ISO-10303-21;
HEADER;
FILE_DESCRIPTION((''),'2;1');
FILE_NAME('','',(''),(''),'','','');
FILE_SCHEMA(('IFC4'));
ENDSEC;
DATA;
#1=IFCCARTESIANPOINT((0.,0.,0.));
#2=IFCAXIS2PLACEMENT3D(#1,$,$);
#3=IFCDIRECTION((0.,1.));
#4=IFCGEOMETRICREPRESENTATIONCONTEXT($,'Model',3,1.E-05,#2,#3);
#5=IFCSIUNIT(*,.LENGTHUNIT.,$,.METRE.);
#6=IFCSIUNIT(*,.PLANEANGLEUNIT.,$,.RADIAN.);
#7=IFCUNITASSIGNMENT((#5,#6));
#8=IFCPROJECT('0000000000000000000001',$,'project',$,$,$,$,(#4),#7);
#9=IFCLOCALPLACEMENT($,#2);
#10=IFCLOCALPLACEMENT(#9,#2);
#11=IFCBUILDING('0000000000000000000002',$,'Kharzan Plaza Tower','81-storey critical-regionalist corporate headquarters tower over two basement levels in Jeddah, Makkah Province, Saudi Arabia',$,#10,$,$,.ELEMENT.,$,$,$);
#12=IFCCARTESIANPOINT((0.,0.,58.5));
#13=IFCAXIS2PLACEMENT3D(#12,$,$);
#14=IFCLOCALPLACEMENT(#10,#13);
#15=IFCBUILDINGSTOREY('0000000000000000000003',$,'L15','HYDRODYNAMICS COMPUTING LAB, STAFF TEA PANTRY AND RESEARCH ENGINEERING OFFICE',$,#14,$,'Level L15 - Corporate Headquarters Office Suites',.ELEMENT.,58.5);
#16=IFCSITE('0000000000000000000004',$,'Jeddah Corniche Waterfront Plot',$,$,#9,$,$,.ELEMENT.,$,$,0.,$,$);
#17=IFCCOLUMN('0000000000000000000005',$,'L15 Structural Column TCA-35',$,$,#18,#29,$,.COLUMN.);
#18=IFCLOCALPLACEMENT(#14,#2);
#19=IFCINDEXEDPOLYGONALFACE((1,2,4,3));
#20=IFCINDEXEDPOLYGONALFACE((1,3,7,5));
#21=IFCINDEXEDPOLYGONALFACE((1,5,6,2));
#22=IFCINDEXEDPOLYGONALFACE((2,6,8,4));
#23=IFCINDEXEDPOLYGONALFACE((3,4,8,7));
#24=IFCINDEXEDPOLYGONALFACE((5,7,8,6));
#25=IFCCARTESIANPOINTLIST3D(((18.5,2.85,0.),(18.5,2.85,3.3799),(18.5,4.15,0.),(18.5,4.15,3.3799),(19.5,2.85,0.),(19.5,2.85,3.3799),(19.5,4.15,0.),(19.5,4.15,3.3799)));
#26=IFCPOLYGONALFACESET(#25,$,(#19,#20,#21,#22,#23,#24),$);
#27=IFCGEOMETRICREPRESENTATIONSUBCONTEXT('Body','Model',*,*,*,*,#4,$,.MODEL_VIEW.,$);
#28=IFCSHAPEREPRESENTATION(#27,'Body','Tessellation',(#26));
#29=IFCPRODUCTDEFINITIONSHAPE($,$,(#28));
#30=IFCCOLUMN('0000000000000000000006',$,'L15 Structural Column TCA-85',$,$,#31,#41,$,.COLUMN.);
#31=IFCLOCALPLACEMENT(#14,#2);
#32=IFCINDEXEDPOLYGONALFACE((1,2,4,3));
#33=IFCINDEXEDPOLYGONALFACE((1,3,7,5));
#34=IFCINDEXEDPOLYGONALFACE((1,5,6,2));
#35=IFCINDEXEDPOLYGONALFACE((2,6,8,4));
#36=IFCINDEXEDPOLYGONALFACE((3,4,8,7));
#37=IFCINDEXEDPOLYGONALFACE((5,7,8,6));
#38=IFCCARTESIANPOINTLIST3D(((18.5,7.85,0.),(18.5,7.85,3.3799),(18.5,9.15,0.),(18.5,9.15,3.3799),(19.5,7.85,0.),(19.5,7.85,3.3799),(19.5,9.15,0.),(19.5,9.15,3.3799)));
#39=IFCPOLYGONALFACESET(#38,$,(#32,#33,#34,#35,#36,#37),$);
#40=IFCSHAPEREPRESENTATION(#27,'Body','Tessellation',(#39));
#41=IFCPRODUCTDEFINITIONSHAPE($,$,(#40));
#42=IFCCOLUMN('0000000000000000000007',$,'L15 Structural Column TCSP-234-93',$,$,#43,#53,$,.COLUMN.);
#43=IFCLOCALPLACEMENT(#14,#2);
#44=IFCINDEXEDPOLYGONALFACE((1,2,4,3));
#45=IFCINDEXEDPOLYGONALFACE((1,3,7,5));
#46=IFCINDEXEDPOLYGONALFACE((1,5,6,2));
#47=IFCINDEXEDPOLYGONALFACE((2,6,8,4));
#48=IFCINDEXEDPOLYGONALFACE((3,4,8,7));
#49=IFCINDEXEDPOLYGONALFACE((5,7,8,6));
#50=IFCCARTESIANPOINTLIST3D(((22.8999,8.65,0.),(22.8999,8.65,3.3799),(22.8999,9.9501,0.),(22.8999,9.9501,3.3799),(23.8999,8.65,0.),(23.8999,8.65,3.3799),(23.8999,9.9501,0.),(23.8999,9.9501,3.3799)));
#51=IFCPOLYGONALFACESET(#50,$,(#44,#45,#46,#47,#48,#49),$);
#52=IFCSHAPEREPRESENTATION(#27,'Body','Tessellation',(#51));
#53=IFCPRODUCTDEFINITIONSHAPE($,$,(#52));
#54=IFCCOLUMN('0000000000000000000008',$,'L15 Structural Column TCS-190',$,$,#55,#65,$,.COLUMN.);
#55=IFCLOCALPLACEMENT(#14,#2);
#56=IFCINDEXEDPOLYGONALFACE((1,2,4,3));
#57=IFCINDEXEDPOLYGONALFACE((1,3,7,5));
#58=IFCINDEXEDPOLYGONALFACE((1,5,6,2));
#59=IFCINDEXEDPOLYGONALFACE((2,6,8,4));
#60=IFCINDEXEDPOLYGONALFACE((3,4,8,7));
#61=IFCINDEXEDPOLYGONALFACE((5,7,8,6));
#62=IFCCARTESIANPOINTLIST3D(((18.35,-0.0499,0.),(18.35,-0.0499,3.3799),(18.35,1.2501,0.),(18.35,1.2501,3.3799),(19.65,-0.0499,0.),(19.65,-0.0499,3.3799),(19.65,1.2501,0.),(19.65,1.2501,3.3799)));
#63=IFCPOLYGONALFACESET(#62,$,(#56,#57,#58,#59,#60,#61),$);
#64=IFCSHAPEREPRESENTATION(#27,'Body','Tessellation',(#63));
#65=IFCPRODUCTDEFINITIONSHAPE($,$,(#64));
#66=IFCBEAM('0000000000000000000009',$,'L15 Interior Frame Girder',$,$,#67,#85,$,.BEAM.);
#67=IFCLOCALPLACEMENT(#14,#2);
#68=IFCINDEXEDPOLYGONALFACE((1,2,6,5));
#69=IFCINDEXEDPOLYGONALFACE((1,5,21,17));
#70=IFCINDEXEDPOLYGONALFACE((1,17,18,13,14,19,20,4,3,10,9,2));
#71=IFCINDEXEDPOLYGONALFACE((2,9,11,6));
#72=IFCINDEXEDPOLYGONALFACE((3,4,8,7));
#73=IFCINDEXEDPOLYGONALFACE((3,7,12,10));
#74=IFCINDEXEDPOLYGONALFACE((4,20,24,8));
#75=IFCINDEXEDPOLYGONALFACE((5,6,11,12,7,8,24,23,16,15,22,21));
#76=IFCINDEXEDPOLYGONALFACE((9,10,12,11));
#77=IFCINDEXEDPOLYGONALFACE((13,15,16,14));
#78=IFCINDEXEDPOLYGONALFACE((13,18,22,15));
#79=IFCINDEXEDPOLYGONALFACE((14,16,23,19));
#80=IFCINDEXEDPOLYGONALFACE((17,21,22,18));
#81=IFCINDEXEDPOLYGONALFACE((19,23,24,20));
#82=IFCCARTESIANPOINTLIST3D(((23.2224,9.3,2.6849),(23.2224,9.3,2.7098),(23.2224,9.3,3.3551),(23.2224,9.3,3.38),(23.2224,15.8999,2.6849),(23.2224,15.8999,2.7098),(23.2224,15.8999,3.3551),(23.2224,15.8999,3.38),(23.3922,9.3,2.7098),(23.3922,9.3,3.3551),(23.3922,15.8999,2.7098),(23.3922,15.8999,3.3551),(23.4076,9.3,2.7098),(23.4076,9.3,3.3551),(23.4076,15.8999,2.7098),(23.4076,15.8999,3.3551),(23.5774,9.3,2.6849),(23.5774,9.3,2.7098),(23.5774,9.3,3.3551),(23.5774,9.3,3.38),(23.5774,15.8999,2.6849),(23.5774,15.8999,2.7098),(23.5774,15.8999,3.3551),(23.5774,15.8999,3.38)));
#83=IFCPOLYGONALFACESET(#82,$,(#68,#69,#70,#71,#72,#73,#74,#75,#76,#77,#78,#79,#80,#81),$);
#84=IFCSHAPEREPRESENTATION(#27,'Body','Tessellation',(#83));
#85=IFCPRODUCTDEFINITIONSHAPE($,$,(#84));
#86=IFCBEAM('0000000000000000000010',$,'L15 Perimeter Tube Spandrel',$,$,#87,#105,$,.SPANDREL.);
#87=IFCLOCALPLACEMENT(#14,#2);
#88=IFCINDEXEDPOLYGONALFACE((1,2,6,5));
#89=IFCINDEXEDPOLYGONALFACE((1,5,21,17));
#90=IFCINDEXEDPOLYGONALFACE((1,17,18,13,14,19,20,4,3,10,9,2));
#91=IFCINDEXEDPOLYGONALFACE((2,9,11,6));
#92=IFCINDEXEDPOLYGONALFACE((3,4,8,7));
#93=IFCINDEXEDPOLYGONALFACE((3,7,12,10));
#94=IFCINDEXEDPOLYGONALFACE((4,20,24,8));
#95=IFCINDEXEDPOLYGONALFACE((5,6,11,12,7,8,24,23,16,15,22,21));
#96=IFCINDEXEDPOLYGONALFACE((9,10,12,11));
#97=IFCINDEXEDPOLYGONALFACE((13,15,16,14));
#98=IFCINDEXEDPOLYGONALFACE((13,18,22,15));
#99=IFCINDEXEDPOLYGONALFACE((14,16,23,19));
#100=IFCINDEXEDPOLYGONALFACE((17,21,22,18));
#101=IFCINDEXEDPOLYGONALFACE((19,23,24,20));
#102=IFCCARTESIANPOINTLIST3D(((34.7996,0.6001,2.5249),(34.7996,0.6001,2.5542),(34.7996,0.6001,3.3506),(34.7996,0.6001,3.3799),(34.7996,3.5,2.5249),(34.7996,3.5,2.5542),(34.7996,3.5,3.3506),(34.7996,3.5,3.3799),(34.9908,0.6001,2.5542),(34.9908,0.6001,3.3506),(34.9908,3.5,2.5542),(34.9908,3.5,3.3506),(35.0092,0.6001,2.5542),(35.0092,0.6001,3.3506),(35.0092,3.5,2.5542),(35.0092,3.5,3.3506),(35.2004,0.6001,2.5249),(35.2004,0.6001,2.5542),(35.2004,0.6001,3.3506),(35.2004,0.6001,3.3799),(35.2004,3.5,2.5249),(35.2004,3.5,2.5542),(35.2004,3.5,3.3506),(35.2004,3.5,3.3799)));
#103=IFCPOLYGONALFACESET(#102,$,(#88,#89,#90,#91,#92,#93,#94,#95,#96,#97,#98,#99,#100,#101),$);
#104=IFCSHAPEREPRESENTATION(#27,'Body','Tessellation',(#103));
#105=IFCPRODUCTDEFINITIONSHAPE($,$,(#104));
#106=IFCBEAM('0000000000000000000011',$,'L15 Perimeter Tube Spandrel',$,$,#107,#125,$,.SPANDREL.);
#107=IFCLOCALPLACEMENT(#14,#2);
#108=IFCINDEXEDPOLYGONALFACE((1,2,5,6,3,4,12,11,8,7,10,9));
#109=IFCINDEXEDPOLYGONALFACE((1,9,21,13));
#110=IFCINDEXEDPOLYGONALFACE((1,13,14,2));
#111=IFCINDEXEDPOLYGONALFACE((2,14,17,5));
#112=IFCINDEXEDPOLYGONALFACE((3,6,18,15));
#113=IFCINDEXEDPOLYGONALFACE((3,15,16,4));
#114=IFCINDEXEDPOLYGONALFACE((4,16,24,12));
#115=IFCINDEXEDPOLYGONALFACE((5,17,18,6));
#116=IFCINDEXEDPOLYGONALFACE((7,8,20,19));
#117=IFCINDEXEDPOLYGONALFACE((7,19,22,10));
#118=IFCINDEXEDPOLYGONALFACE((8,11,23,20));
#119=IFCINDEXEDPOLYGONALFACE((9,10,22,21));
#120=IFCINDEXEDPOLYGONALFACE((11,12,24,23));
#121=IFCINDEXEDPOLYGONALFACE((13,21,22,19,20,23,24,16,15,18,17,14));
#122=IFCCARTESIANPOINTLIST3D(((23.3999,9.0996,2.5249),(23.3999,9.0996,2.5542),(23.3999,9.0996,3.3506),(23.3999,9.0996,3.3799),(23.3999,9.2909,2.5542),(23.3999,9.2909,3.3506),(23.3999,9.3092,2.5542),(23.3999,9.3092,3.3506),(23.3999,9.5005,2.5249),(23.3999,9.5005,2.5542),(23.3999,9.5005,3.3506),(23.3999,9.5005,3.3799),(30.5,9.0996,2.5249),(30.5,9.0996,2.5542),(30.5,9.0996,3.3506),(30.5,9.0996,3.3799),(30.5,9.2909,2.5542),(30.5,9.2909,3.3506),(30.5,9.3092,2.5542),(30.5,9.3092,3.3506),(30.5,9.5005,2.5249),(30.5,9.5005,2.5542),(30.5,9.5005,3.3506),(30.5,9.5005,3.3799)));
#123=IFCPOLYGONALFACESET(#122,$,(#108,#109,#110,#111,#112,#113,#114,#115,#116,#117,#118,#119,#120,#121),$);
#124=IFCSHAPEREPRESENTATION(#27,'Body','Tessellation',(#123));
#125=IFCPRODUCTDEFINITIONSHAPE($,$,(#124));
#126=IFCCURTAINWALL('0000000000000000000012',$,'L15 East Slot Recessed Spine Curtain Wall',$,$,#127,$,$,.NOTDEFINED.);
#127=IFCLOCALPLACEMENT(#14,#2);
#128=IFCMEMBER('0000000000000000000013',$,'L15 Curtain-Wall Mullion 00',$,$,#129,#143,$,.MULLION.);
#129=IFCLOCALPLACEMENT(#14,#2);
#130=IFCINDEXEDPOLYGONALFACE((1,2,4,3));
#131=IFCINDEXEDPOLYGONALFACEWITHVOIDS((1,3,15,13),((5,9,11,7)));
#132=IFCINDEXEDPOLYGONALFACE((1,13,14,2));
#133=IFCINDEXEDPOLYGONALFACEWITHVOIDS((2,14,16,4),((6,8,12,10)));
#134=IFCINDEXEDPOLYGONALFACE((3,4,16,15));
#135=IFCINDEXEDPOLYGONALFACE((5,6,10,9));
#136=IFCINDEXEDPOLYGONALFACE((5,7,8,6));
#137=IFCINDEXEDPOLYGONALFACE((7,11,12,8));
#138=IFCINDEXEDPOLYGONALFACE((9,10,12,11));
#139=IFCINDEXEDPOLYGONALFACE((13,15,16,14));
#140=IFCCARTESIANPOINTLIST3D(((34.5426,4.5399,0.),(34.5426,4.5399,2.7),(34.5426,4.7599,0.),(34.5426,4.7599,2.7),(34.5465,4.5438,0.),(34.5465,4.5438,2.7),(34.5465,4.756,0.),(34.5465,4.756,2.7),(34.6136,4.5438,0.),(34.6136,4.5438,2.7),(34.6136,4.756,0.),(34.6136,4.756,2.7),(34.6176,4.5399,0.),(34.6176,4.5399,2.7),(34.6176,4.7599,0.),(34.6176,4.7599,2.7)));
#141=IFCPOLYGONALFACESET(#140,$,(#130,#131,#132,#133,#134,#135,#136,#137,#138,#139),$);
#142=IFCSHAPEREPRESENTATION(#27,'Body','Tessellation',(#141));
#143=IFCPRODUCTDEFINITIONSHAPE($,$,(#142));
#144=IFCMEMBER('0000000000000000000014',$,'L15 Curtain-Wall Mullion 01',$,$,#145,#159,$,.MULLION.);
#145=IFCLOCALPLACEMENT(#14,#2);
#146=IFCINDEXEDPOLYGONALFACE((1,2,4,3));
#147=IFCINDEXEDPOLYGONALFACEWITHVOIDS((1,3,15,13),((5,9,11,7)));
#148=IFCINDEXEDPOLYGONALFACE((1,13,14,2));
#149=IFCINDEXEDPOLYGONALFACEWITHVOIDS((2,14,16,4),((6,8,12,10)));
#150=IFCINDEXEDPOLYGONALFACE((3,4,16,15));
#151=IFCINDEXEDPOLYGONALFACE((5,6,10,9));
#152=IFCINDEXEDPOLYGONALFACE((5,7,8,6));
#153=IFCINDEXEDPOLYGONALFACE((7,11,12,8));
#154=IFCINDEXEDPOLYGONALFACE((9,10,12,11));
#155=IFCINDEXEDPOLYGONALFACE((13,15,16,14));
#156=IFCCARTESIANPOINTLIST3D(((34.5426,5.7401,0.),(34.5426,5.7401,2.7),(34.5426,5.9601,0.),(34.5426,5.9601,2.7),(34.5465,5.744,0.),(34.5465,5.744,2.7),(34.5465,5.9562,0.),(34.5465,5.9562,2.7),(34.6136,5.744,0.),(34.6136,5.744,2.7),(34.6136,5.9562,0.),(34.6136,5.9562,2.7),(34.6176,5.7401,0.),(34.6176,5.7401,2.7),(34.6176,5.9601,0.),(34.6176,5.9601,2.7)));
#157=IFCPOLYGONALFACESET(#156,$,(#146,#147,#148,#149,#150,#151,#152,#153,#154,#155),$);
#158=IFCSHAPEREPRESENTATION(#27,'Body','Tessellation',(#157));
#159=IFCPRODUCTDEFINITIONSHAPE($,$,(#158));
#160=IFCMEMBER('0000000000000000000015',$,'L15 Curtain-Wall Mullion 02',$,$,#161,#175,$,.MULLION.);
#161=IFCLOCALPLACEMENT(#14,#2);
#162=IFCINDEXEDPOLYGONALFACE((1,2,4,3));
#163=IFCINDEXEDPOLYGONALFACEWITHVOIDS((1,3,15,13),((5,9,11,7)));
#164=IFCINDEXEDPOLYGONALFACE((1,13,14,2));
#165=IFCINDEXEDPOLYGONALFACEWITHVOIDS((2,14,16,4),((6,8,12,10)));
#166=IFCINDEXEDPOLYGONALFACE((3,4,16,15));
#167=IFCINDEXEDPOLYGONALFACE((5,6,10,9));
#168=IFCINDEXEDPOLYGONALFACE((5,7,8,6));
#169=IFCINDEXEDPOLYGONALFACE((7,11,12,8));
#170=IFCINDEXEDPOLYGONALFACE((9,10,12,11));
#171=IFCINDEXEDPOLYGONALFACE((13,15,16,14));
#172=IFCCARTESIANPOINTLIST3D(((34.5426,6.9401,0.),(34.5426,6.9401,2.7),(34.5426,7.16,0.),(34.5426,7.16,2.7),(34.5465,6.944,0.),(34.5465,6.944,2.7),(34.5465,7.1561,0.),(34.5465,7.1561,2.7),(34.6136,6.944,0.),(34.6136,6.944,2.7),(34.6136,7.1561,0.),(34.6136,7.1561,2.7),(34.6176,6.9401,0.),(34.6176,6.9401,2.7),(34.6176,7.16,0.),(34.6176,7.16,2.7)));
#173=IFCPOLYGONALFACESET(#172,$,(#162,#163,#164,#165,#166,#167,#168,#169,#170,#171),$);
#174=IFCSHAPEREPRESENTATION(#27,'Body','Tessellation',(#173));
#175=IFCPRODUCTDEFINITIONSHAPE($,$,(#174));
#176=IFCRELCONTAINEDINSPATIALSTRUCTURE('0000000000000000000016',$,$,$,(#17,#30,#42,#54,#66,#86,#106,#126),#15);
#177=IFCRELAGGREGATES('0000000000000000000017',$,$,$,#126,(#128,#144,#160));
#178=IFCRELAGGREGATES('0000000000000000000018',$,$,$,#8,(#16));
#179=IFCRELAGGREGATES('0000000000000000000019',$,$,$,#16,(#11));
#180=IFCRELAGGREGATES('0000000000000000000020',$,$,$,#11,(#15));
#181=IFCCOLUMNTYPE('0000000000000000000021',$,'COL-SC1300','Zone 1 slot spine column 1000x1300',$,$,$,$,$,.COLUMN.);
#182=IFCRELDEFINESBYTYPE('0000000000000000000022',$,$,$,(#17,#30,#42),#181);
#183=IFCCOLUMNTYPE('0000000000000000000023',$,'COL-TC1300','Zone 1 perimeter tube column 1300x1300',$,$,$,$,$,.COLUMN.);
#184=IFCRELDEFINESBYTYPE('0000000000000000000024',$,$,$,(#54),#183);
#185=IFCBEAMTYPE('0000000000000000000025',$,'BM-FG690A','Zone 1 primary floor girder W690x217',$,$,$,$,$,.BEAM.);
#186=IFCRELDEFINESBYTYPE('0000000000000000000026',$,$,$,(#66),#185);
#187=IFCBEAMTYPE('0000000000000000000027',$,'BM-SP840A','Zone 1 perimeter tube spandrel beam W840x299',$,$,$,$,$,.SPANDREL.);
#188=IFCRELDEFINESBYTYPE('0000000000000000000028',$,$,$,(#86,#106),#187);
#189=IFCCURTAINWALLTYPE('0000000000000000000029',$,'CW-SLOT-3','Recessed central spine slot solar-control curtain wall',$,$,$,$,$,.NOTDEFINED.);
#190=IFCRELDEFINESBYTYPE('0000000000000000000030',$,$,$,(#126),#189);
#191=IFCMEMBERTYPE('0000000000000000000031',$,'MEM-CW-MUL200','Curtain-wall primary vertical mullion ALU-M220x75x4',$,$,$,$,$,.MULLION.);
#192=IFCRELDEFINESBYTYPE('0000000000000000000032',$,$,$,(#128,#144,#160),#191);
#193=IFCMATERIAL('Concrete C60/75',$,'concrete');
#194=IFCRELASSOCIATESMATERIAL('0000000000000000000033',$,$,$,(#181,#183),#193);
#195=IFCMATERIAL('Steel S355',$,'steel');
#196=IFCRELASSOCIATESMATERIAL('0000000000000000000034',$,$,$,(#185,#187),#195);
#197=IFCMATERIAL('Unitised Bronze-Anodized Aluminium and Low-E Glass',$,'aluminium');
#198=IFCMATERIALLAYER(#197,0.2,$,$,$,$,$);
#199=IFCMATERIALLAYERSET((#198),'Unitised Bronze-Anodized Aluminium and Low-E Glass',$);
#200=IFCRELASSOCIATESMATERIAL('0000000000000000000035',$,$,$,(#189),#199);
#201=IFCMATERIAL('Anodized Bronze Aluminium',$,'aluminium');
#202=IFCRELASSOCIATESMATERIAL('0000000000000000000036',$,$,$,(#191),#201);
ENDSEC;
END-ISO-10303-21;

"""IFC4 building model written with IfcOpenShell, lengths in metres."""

from ifc_helpers import new_model, si_unit, direction, frame, origin, origin_2d, place, context, subcontext, project, spatial, rectangle, hollow_rectangle, i_section, extrude, source, transform, mapped, material, layer, layer_set, material_profile, profile_set, type_object, element, aggregate, save


model = new_model("IFC4")

# Units and contexts
model_context = context("Model", 3, precision=1e-05, world=origin(), true_north=direction((0.0, 1.0)))
body_context = subcontext(model_context, "Body", "Model", "MODEL_VIEW")
ifc_project = project(units=[si_unit("LENGTHUNIT", "METRE"), si_unit("PLANEANGLEUNIT", "RADIAN")], contexts=[model_context])

# Site, building, storey
site_placement = place(None, origin())
site = spatial("IfcSite", under=ifc_project, at=site_placement, Name="Jeddah Corniche Waterfront Plot", CompositionType="ELEMENT", RefElevation=0.0)
building_placement = place(site_placement, origin())
building = spatial("IfcBuilding", under=site, at=building_placement, Name="Kharzan Plaza Tower", Description="81-storey critical-regionalist corporate headquarters tower over two basement levels in Jeddah, Makkah Province, Saudi Arabia", CompositionType="ELEMENT")
storey_placement = place(building_placement, frame((0.0, 0.0, 58.5)))
storey = spatial("IfcBuildingStorey", under=building, at=storey_placement, Name="L15", Description="HYDRODYNAMICS COMPUTING LAB, STAFF TEA PANTRY AND RESEARCH ENGINEERING OFFICE", LongName="Level L15 - Corporate Headquarters Office Suites", CompositionType="ELEMENT", Elevation=58.5)

# Columns
ifc_material_1 = material(Name="Concrete C60/75", Category="concrete")
ifc_material_profile_1 = material_profile(ifc_material_1, rectangle(XDim=1.0, YDim=1.3, at=origin_2d()), Name="RC-SC1300x1000")
ifc_profile_set_1 = profile_set([ifc_material_profile_1], Name="Concrete C60/75")
column_type_1 = type_object("IfcColumnType", Name="COL-SC1300", Description="Zone 1 slot spine column 1000x1300", PredefinedType="COLUMN", material=ifc_profile_set_1)
shared_shape_1 = source(origin(), body_context, "Body", "SweptSolid", [
    extrude(rectangle(XDim=1.0, YDim=1.3, at=origin_2d()), origin(), (0.0, 0.0, 1.0), 3.3799),
])
for number, where, z_axis, x_axis, name in (
    (1, (19.0, 3.5, 0.0), (0.0, 0.0, 1.0), (1.0, 0.0, 0.0), "L15 Structural Column TCA-35"),
    (2, (19.0, 8.5, 0.0), (0.0, 0.0, 1.0), (1.0, 0.0, 0.0), "L15 Structural Column TCA-85"),
    (3, (23.3999, 9.3, 0.0), (0.0, 0.0, 1.0), (1.0, 0.0, 0.0), "L15 Structural Column TCSP-234-93"),
):
    element("IfcColumn", number, at=place(storey_placement, frame(where, z_axis=z_axis, x_axis=x_axis)), inside=storey, type_object=column_type_1, Name=name, PredefinedType="COLUMN", context=body_context, shape_type="MappedRepresentation", body=[
        mapped(shared_shape_1, transform((0.0, 0.0, 0.0), x_axis=(1.0, 0.0, 0.0), y_axis=(0.0, 1.0, 0.0), z_axis=(0.0, 0.0, 1.0))),
    ])
ifc_material_profile_2 = material_profile(ifc_material_1, rectangle(XDim=1.3, YDim=1.3, at=origin_2d()), Name="RC-TC1300x1300")
ifc_profile_set_2 = profile_set([ifc_material_profile_2], Name="Concrete C60/75")
column_type_2 = type_object("IfcColumnType", Name="COL-TC1300", Description="Zone 1 perimeter tube column 1300x1300", PredefinedType="COLUMN", material=ifc_profile_set_2)
shared_shape_2 = source(origin(), body_context, "Body", "SweptSolid", [
    extrude(rectangle(XDim=1.3, YDim=1.3, at=origin_2d()), origin(), (0.0, 0.0, 1.0), 3.3799),
])
column_placement = place(storey_placement, frame((19.0, 0.6001, 0.0), z_axis=(0.0, 0.0, 1.0), x_axis=(1.0, 0.0, 0.0)))
element("IfcColumn", 4, at=column_placement, inside=storey, type_object=column_type_2, Name="L15 Structural Column TCS-190", PredefinedType="COLUMN", context=body_context, shape_type="MappedRepresentation", body=[
    mapped(shared_shape_2, transform((0.0, 0.0, 0.0), x_axis=(1.0, 0.0, 0.0), y_axis=(0.0, 1.0, 0.0), z_axis=(0.0, 0.0, 1.0))),
])

# Beams
ifc_material_2 = material(Name="Steel S355", Category="steel")
ifc_material_profile_3 = material_profile(ifc_material_2, i_section(OverallWidth=0.355, OverallDepth=0.6951, WebThickness=0.0154, FlangeThickness=0.0249, at=origin_2d()), Name="W690x217")
ifc_profile_set_3 = profile_set([ifc_material_profile_3], Name="Steel S355")
beam_type_1 = type_object("IfcBeamType", Name="BM-FG690A", Description="Zone 1 primary floor girder W690x217", PredefinedType="BEAM", material=ifc_profile_set_3)
shared_shape_3 = source(origin(), body_context, "Body", "SweptSolid", [
    extrude(i_section(OverallWidth=0.355, OverallDepth=0.6951, WebThickness=0.0154, FlangeThickness=0.0249, at=origin_2d()), origin(), (0.0, 0.0, 1.0), 6.5999),
])
beam_1_placement = place(storey_placement, frame((23.3999, 9.3, 3.0325), z_axis=(0.0, 1.0, 0.0), x_axis=(-1.0, 0.0, 0.0)))
element("IfcBeam", 5, at=beam_1_placement, inside=storey, type_object=beam_type_1, Name="L15 Interior Frame Girder", PredefinedType="BEAM", context=body_context, shape_type="MappedRepresentation", body=[
    mapped(shared_shape_3, transform((0.0, 0.0, 0.0), x_axis=(1.0, 0.0, 0.0), y_axis=(0.0, 1.0, 0.0), z_axis=(0.0, 0.0, 1.0))),
])
ifc_material_profile_4 = material_profile(ifc_material_2, i_section(OverallWidth=0.4009, OverallDepth=0.855, WebThickness=0.0183, FlangeThickness=0.0293, at=origin_2d()), Name="W840x299")
ifc_profile_set_4 = profile_set([ifc_material_profile_4], Name="Steel S355")
beam_type_2 = type_object("IfcBeamType", Name="BM-SP840A", Description="Zone 1 perimeter tube spandrel beam W840x299", PredefinedType="SPANDREL", material=ifc_profile_set_4)
shared_shape_4 = source(origin(), body_context, "Body", "SweptSolid", [
    extrude(i_section(OverallWidth=0.4009, OverallDepth=0.855, WebThickness=0.0183, FlangeThickness=0.0293, at=origin_2d()), origin(), (0.0, 0.0, 1.0), 2.8999),
])
beam_2_placement = place(storey_placement, frame((35.0, 0.6001, 2.9524), z_axis=(0.0, 1.0, 0.0), x_axis=(-1.0, 0.0, 0.0)))
element("IfcBeam", 6, at=beam_2_placement, inside=storey, type_object=beam_type_2, Name="L15 Perimeter Tube Spandrel", PredefinedType="SPANDREL", context=body_context, shape_type="MappedRepresentation", body=[
    mapped(shared_shape_4, transform((0.0, 0.0, 0.0), x_axis=(1.0, 0.0, 0.0), y_axis=(0.0, 1.0, 0.0), z_axis=(0.0, 0.0, 1.0))),
])
shared_shape_5 = source(origin(), body_context, "Body", "SweptSolid", [
    extrude(i_section(OverallWidth=0.4009, OverallDepth=0.855, WebThickness=0.0183, FlangeThickness=0.0293, at=origin_2d()), origin(), (0.0, 0.0, 1.0), 7.1001),
])
beam_3_placement = place(storey_placement, frame((23.3999, 9.3, 2.9524), z_axis=(1.0, 0.0, 0.0), x_axis=(0.0, 1.0, 0.0)))
element("IfcBeam", 7, at=beam_3_placement, inside=storey, type_object=beam_type_2, Name="L15 Perimeter Tube Spandrel", PredefinedType="SPANDREL", context=body_context, shape_type="MappedRepresentation", body=[
    mapped(shared_shape_5, transform((0.0, 0.0, 0.0), x_axis=(1.0, 0.0, 0.0), y_axis=(0.0, 1.0, 0.0), z_axis=(0.0, 0.0, 1.0))),
])

# Curtain wall, members
ifc_material_3 = material(Name="Unitised Bronze-Anodized Aluminium and Low-E Glass", Category="aluminium")
ifc_layer_1 = layer(ifc_material_3, 0.2)
ifc_layer_set_1 = layer_set([ifc_layer_1], Name="Unitised Bronze-Anodized Aluminium and Low-E Glass")
curtain_wall_type = type_object("IfcCurtainWallType", Name="CW-SLOT-3", Description="Recessed central spine slot solar-control curtain wall", PredefinedType="NOTDEFINED", material=ifc_layer_set_1)
curtain_wall_placement = place(storey_placement, origin())
curtain_wall = element("IfcCurtainWall", 8, at=curtain_wall_placement, inside=storey, type_object=curtain_wall_type, Name="L15 East Slot Recessed Spine Curtain Wall", PredefinedType="NOTDEFINED")
ifc_material_4 = material(Name="Anodized Bronze Aluminium", Category="aluminium")
ifc_material_profile_5 = material_profile(ifc_material_4, hollow_rectangle(XDim=0.075, YDim=0.22, WallThickness=0.0039, at=origin_2d()), Name="ALU-M220x75x4")
ifc_profile_set_5 = profile_set([ifc_material_profile_5], Name="Anodized Bronze Aluminium")
member_type_1 = type_object("IfcMemberType", Name="MEM-CW-MUL200", Description="Curtain-wall primary vertical mullion ALU-M220x75x4", PredefinedType="MULLION", material=ifc_profile_set_5)
shared_shape_6 = source(origin(), body_context, "Body", "SweptSolid", [
    extrude(hollow_rectangle(XDim=0.075, YDim=0.22, WallThickness=0.0039, at=origin_2d()), origin(), (0.0, 0.0, 1.0), 2.7),
])
member_1_placement = place(storey_placement, frame((34.5801, 4.6499, 0.0), z_axis=(0.0, 0.0, 1.0), x_axis=(1.0, 0.0, 0.0)))
member_1 = element("IfcMember", 9, at=member_1_placement, type_object=member_type_1, Name="L15 Curtain-Wall Mullion 00", PredefinedType="MULLION", context=body_context, shape_type="MappedRepresentation", body=[
    mapped(shared_shape_6, transform((0.0, 0.0, 0.0), x_axis=(1.0, 0.0, 0.0), y_axis=(0.0, 1.0, 0.0), z_axis=(0.0, 0.0, 1.0))),
])
member_2_placement = place(storey_placement, frame((34.5801, 5.8501, 0.0), z_axis=(0.0, 0.0, 1.0), x_axis=(1.0, 0.0, 0.0)))
member_2 = element("IfcMember", 10, at=member_2_placement, type_object=member_type_1, Name="L15 Curtain-Wall Mullion 01", PredefinedType="MULLION", context=body_context, shape_type="MappedRepresentation", body=[
    mapped(shared_shape_6, transform((0.0, 0.0, 0.0), x_axis=(1.0, 0.0, 0.0), y_axis=(0.0, 1.0, 0.0), z_axis=(0.0, 0.0, 1.0))),
])
member_3_placement = place(storey_placement, frame((34.5801, 7.05, 0.0), z_axis=(0.0, 0.0, 1.0), x_axis=(1.0, 0.0, 0.0)))
member_3 = element("IfcMember", 11, at=member_3_placement, type_object=member_type_1, Name="L15 Curtain-Wall Mullion 02", PredefinedType="MULLION", context=body_context, shape_type="MappedRepresentation", body=[
    mapped(shared_shape_6, transform((0.0, 0.0, 0.0), x_axis=(1.0, 0.0, 0.0), y_axis=(0.0, 1.0, 0.0), z_axis=(0.0, 0.0, 1.0))),
])

aggregate(curtain_wall, [member_1, member_2, member_3])

save(model, "model.ifc")
